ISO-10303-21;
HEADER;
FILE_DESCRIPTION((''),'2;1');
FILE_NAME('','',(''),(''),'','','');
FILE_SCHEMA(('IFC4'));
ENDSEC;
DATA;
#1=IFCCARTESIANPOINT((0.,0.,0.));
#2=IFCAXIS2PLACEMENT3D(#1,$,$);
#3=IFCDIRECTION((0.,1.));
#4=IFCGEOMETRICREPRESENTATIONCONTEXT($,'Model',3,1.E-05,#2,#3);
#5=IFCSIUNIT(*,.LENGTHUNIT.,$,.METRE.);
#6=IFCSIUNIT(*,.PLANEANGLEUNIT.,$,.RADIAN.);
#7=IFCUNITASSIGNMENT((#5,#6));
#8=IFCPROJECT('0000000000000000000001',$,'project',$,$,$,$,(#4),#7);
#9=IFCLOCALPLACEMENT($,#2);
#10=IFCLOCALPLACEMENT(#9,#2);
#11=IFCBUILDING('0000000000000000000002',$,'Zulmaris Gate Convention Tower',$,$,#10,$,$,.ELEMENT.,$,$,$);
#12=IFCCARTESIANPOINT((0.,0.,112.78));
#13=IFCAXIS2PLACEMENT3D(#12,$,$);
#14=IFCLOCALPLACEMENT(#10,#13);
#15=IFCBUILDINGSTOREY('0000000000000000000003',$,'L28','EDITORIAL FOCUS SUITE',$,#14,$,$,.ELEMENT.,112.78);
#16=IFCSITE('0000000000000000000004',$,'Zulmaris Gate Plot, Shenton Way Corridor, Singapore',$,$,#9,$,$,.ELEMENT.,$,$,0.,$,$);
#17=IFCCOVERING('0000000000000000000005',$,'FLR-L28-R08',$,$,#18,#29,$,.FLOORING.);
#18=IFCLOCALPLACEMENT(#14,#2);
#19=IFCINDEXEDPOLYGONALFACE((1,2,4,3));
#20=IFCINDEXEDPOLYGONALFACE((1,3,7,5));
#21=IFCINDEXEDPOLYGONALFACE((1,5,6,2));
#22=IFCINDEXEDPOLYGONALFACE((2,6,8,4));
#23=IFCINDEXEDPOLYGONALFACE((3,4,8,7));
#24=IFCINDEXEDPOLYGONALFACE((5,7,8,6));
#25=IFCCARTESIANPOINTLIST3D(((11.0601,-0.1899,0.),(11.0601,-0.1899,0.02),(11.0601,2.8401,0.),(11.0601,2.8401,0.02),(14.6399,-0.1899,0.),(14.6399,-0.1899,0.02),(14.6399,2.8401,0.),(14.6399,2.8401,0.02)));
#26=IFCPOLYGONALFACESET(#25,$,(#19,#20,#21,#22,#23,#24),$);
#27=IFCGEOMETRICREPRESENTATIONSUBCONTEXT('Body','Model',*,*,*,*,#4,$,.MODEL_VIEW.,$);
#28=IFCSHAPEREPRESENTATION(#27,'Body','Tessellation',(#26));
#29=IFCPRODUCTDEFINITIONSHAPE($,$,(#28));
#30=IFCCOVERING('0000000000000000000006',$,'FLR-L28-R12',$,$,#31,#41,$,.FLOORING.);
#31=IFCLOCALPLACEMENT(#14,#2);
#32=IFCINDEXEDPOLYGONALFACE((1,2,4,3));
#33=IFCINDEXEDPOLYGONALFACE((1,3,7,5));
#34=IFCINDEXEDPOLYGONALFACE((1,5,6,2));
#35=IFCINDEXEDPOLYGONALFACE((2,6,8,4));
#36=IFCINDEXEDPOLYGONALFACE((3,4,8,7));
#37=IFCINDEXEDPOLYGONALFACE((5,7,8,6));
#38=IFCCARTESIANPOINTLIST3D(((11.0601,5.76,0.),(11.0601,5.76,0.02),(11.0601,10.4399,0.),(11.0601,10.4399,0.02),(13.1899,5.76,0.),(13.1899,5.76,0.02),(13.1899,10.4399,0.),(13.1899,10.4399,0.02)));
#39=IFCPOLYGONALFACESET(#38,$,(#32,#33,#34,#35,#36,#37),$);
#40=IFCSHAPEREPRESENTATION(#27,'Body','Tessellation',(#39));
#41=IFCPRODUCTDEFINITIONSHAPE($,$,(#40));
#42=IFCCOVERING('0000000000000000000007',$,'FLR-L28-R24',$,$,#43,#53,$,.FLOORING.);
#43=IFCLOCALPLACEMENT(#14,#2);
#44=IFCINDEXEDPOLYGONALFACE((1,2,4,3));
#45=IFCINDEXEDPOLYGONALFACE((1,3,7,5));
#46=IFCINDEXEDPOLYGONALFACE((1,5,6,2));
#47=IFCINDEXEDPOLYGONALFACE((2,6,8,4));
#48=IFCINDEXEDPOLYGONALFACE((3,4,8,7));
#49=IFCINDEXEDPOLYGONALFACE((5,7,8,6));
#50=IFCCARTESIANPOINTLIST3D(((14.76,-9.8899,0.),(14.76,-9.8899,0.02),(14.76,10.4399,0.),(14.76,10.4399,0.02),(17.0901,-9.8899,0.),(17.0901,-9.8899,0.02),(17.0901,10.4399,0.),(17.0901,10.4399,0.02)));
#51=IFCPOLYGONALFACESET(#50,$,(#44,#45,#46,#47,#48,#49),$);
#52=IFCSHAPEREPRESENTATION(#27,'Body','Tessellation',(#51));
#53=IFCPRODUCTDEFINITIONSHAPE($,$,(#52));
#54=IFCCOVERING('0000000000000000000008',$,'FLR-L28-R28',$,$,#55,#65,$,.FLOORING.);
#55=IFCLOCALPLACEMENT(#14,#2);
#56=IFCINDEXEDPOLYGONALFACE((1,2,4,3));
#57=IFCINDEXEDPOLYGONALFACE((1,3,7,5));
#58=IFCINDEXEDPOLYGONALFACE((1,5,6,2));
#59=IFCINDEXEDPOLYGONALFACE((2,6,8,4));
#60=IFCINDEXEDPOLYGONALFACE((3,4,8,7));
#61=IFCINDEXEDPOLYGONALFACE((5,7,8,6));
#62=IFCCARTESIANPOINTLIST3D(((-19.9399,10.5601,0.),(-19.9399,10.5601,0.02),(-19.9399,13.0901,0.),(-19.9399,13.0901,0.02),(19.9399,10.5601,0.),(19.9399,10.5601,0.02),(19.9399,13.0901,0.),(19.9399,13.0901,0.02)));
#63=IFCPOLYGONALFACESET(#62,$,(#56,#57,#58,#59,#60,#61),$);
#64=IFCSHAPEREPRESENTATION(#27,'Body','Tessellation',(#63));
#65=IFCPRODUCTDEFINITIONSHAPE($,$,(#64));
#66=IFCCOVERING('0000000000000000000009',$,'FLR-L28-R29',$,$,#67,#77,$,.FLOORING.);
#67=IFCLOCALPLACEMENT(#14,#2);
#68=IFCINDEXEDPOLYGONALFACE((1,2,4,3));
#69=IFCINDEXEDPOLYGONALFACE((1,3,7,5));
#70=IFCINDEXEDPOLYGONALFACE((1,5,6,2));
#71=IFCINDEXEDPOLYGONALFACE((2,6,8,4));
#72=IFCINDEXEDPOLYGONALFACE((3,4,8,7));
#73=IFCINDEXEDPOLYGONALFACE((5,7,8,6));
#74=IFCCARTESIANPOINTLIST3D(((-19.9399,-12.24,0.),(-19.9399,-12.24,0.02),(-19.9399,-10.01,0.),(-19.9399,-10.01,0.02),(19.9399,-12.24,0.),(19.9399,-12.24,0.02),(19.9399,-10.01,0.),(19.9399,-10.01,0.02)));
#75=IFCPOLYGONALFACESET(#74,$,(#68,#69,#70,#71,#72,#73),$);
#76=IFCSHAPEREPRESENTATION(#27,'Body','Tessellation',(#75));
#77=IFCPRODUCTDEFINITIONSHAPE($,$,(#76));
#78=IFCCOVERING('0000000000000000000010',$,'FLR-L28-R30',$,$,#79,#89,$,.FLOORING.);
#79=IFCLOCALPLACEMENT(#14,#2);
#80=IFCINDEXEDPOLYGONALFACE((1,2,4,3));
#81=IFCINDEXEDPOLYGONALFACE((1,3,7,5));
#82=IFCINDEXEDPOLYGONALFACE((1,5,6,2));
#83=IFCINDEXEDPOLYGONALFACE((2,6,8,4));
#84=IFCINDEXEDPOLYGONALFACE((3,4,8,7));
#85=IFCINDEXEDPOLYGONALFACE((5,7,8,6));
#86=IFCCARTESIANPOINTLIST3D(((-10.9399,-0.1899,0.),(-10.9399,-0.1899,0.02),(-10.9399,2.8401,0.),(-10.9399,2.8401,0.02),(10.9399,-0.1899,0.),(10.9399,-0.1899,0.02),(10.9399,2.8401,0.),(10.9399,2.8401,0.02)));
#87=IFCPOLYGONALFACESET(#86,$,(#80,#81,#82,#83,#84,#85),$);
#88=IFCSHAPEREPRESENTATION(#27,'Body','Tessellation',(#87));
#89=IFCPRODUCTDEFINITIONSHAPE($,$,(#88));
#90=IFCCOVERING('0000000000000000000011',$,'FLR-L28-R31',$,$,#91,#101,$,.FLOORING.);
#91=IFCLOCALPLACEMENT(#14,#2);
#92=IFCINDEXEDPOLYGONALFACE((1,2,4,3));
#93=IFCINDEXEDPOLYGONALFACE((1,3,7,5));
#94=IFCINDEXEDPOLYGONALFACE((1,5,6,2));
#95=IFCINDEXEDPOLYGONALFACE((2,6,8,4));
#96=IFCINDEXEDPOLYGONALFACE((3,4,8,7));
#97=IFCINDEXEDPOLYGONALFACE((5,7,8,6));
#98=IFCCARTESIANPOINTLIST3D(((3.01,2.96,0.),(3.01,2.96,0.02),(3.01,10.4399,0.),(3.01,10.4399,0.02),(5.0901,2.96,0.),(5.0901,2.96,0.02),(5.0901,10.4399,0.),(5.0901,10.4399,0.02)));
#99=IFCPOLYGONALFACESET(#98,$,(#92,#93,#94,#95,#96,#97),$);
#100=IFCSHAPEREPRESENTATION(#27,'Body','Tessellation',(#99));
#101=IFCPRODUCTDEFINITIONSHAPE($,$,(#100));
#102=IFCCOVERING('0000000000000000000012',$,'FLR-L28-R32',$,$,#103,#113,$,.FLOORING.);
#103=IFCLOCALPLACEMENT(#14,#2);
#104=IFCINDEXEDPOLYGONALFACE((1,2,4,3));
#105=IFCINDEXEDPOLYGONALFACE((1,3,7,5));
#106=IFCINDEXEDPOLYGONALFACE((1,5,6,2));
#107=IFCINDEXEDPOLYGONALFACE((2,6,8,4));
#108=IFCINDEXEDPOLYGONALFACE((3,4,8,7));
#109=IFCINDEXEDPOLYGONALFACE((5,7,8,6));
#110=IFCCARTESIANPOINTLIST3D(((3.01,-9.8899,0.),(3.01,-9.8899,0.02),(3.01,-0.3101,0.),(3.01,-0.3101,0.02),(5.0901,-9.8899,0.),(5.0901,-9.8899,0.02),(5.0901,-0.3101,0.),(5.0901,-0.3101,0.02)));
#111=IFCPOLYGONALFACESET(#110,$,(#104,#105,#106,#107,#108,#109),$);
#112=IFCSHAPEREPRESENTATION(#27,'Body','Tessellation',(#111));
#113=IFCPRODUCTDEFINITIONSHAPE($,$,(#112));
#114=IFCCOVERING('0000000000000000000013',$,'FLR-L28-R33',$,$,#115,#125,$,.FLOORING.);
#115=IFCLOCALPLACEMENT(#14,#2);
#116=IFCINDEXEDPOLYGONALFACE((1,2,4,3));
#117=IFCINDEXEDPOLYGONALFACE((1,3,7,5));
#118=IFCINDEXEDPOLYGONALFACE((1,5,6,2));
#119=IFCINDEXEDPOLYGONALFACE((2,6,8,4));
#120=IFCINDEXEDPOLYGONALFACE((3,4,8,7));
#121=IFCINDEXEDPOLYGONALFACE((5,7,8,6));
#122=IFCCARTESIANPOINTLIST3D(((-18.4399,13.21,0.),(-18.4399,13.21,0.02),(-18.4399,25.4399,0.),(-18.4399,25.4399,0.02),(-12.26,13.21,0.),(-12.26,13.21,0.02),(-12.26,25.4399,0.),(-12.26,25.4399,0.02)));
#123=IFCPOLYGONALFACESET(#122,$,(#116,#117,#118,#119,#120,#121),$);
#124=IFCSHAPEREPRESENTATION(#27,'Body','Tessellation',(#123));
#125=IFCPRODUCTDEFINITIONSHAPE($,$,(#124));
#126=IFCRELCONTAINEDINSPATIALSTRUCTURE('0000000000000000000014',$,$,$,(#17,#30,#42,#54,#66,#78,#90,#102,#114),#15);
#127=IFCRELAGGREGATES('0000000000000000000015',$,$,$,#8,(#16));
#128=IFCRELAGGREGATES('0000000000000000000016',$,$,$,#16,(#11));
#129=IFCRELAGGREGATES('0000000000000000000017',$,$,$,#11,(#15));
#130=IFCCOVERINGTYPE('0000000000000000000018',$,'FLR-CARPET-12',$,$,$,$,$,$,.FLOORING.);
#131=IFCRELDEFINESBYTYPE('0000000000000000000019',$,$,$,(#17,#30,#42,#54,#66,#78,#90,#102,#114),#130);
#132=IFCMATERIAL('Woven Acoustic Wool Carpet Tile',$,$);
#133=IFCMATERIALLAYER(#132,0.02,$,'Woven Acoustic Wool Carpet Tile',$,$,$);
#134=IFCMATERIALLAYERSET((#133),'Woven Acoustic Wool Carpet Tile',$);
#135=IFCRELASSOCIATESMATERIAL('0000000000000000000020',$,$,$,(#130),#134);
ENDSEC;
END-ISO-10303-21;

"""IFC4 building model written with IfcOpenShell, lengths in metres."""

from ifc_helpers import new_model, si_unit, direction, frame, origin, place, context, subcontext, project, spatial, polyline, outline, extrude, material, layer, layer_set, type_object, element, save


model = new_model("IFC4")

# Units and contexts
model_context = context("Model", 3, precision=1e-05, world=origin(), true_north=direction((0.0, 1.0)))
body_context = subcontext(model_context, "Body", "Model", "MODEL_VIEW")
ifc_project = project(units=[si_unit("LENGTHUNIT", "METRE"), si_unit("PLANEANGLEUNIT", "RADIAN")], contexts=[model_context])

# Site, building, storey
site_placement = place(None, origin())
site = spatial("IfcSite", under=ifc_project, at=site_placement, Name="Zulmaris Gate Plot, Shenton Way Corridor, Singapore", CompositionType="ELEMENT", RefElevation=0.0)
building_placement = place(site_placement, origin())
building = spatial("IfcBuilding", under=site, at=building_placement, Name="Zulmaris Gate Convention Tower", CompositionType="ELEMENT")
storey_placement = place(building_placement, frame((0.0, 0.0, 112.78)))
storey = spatial("IfcBuildingStorey", under=building, at=storey_placement, Name="L28", Description="EDITORIAL FOCUS SUITE", CompositionType="ELEMENT", Elevation=112.78)

# Coverings
ifc_material_1 = material(Name="Woven Acoustic Wool Carpet Tile")
ifc_layer_1 = layer(ifc_material_1, 0.02, Name="Woven Acoustic Wool Carpet Tile")
ifc_layer_set_1 = layer_set([ifc_layer_1], Name="Woven Acoustic Wool Carpet Tile")
covering_type_1 = type_object("IfcCoveringType", Name="FLR-CARPET-12", PredefinedType="FLOORING", material=ifc_layer_set_1)
covering_1_placement = place(storey_placement, origin())
element("IfcCovering", 1, at=covering_1_placement, inside=storey, type_object=covering_type_1, Name="FLR-L28-R08", PredefinedType="FLOORING", context=body_context, shape_type="SweptSolid", body=[
    extrude(outline(polyline([(11.0601, -0.1899), (14.6399, -0.1899), (14.6399, 2.8401), (11.0601, 2.8401), (11.0601, -0.1899)])), origin(), (0.0, 0.0, 1.0), 0.02),
])
covering_2_placement = place(storey_placement, origin())
element("IfcCovering", 2, at=covering_2_placement, inside=storey, type_object=covering_type_1, Name="FLR-L28-R12", PredefinedType="FLOORING", context=body_context, shape_type="SweptSolid", body=[
    extrude(outline(polyline([(11.0601, 5.76), (13.1899, 5.76), (13.1899, 10.4399), (11.0601, 10.4399), (11.0601, 5.76)])), origin(), (0.0, 0.0, 1.0), 0.02),
])
covering_3_placement = place(storey_placement, origin())
element("IfcCovering", 3, at=covering_3_placement, inside=storey, type_object=covering_type_1, Name="FLR-L28-R24", PredefinedType="FLOORING", context=body_context, shape_type="SweptSolid", body=[
    extrude(outline(polyline([(14.76, -9.8899), (17.0901, -9.8899), (17.0901, 10.4399), (14.76, 10.4399), (14.76, -9.8899)])), origin(), (0.0, 0.0, 1.0), 0.02),
])
covering_4_placement = place(storey_placement, origin())
element("IfcCovering", 4, at=covering_4_placement, inside=storey, type_object=covering_type_1, Name="FLR-L28-R28", PredefinedType="FLOORING", context=body_context, shape_type="SweptSolid", body=[
    extrude(outline(polyline([(-19.9399, 10.5601), (19.9399, 10.5601), (19.9399, 13.0901), (-19.9399, 13.0901), (-19.9399, 10.5601)])), origin(), (0.0, 0.0, 1.0), 0.02),
])
covering_5_placement = place(storey_placement, origin())
element("IfcCovering", 5, at=covering_5_placement, inside=storey, type_object=covering_type_1, Name="FLR-L28-R29", PredefinedType="FLOORING", context=body_context, shape_type="SweptSolid", body=[
    extrude(outline(polyline([(-19.9399, -12.24), (19.9399, -12.24), (19.9399, -10.01), (-19.9399, -10.01), (-19.9399, -12.24)])), origin(), (0.0, 0.0, 1.0), 0.02),
])
covering_6_placement = place(storey_placement, origin())
element("IfcCovering", 6, at=covering_6_placement, inside=storey, type_object=covering_type_1, Name="FLR-L28-R30", PredefinedType="FLOORING", context=body_context, shape_type="SweptSolid", body=[
    extrude(outline(polyline([(-10.9399, -0.1899), (10.9399, -0.1899), (10.9399, 2.8401), (-10.9399, 2.8401), (-10.9399, -0.1899)])), origin(), (0.0, 0.0, 1.0), 0.02),
])
covering_7_placement = place(storey_placement, origin())
element("IfcCovering", 7, at=covering_7_placement, inside=storey, type_object=covering_type_1, Name="FLR-L28-R31", PredefinedType="FLOORING", context=body_context, shape_type="SweptSolid", body=[
    extrude(outline(polyline([(3.01, 2.96), (5.0901, 2.96), (5.0901, 10.4399), (3.01, 10.4399), (3.01, 2.96)])), origin(), (0.0, 0.0, 1.0), 0.02),
])
covering_8_placement = place(storey_placement, origin())
element("IfcCovering", 8, at=covering_8_placement, inside=storey, type_object=covering_type_1, Name="FLR-L28-R32", PredefinedType="FLOORING", context=body_context, shape_type="SweptSolid", body=[
    extrude(outline(polyline([(3.01, -9.8899), (5.0901, -9.8899), (5.0901, -0.3101), (3.01, -0.3101), (3.01, -9.8899)])), origin(), (0.0, 0.0, 1.0), 0.02),
])
covering_9_placement = place(storey_placement, origin())
element("IfcCovering", 9, at=covering_9_placement, inside=storey, type_object=covering_type_1, Name="FLR-L28-R33", PredefinedType="FLOORING", context=body_context, shape_type="SweptSolid", body=[
    extrude(outline(polyline([(-18.4399, 13.21), (-12.26, 13.21), (-12.26, 25.4399), (-18.4399, 25.4399), (-18.4399, 13.21)])), origin(), (0.0, 0.0, 1.0), 0.02),
])

save(model, "model.ifc")
